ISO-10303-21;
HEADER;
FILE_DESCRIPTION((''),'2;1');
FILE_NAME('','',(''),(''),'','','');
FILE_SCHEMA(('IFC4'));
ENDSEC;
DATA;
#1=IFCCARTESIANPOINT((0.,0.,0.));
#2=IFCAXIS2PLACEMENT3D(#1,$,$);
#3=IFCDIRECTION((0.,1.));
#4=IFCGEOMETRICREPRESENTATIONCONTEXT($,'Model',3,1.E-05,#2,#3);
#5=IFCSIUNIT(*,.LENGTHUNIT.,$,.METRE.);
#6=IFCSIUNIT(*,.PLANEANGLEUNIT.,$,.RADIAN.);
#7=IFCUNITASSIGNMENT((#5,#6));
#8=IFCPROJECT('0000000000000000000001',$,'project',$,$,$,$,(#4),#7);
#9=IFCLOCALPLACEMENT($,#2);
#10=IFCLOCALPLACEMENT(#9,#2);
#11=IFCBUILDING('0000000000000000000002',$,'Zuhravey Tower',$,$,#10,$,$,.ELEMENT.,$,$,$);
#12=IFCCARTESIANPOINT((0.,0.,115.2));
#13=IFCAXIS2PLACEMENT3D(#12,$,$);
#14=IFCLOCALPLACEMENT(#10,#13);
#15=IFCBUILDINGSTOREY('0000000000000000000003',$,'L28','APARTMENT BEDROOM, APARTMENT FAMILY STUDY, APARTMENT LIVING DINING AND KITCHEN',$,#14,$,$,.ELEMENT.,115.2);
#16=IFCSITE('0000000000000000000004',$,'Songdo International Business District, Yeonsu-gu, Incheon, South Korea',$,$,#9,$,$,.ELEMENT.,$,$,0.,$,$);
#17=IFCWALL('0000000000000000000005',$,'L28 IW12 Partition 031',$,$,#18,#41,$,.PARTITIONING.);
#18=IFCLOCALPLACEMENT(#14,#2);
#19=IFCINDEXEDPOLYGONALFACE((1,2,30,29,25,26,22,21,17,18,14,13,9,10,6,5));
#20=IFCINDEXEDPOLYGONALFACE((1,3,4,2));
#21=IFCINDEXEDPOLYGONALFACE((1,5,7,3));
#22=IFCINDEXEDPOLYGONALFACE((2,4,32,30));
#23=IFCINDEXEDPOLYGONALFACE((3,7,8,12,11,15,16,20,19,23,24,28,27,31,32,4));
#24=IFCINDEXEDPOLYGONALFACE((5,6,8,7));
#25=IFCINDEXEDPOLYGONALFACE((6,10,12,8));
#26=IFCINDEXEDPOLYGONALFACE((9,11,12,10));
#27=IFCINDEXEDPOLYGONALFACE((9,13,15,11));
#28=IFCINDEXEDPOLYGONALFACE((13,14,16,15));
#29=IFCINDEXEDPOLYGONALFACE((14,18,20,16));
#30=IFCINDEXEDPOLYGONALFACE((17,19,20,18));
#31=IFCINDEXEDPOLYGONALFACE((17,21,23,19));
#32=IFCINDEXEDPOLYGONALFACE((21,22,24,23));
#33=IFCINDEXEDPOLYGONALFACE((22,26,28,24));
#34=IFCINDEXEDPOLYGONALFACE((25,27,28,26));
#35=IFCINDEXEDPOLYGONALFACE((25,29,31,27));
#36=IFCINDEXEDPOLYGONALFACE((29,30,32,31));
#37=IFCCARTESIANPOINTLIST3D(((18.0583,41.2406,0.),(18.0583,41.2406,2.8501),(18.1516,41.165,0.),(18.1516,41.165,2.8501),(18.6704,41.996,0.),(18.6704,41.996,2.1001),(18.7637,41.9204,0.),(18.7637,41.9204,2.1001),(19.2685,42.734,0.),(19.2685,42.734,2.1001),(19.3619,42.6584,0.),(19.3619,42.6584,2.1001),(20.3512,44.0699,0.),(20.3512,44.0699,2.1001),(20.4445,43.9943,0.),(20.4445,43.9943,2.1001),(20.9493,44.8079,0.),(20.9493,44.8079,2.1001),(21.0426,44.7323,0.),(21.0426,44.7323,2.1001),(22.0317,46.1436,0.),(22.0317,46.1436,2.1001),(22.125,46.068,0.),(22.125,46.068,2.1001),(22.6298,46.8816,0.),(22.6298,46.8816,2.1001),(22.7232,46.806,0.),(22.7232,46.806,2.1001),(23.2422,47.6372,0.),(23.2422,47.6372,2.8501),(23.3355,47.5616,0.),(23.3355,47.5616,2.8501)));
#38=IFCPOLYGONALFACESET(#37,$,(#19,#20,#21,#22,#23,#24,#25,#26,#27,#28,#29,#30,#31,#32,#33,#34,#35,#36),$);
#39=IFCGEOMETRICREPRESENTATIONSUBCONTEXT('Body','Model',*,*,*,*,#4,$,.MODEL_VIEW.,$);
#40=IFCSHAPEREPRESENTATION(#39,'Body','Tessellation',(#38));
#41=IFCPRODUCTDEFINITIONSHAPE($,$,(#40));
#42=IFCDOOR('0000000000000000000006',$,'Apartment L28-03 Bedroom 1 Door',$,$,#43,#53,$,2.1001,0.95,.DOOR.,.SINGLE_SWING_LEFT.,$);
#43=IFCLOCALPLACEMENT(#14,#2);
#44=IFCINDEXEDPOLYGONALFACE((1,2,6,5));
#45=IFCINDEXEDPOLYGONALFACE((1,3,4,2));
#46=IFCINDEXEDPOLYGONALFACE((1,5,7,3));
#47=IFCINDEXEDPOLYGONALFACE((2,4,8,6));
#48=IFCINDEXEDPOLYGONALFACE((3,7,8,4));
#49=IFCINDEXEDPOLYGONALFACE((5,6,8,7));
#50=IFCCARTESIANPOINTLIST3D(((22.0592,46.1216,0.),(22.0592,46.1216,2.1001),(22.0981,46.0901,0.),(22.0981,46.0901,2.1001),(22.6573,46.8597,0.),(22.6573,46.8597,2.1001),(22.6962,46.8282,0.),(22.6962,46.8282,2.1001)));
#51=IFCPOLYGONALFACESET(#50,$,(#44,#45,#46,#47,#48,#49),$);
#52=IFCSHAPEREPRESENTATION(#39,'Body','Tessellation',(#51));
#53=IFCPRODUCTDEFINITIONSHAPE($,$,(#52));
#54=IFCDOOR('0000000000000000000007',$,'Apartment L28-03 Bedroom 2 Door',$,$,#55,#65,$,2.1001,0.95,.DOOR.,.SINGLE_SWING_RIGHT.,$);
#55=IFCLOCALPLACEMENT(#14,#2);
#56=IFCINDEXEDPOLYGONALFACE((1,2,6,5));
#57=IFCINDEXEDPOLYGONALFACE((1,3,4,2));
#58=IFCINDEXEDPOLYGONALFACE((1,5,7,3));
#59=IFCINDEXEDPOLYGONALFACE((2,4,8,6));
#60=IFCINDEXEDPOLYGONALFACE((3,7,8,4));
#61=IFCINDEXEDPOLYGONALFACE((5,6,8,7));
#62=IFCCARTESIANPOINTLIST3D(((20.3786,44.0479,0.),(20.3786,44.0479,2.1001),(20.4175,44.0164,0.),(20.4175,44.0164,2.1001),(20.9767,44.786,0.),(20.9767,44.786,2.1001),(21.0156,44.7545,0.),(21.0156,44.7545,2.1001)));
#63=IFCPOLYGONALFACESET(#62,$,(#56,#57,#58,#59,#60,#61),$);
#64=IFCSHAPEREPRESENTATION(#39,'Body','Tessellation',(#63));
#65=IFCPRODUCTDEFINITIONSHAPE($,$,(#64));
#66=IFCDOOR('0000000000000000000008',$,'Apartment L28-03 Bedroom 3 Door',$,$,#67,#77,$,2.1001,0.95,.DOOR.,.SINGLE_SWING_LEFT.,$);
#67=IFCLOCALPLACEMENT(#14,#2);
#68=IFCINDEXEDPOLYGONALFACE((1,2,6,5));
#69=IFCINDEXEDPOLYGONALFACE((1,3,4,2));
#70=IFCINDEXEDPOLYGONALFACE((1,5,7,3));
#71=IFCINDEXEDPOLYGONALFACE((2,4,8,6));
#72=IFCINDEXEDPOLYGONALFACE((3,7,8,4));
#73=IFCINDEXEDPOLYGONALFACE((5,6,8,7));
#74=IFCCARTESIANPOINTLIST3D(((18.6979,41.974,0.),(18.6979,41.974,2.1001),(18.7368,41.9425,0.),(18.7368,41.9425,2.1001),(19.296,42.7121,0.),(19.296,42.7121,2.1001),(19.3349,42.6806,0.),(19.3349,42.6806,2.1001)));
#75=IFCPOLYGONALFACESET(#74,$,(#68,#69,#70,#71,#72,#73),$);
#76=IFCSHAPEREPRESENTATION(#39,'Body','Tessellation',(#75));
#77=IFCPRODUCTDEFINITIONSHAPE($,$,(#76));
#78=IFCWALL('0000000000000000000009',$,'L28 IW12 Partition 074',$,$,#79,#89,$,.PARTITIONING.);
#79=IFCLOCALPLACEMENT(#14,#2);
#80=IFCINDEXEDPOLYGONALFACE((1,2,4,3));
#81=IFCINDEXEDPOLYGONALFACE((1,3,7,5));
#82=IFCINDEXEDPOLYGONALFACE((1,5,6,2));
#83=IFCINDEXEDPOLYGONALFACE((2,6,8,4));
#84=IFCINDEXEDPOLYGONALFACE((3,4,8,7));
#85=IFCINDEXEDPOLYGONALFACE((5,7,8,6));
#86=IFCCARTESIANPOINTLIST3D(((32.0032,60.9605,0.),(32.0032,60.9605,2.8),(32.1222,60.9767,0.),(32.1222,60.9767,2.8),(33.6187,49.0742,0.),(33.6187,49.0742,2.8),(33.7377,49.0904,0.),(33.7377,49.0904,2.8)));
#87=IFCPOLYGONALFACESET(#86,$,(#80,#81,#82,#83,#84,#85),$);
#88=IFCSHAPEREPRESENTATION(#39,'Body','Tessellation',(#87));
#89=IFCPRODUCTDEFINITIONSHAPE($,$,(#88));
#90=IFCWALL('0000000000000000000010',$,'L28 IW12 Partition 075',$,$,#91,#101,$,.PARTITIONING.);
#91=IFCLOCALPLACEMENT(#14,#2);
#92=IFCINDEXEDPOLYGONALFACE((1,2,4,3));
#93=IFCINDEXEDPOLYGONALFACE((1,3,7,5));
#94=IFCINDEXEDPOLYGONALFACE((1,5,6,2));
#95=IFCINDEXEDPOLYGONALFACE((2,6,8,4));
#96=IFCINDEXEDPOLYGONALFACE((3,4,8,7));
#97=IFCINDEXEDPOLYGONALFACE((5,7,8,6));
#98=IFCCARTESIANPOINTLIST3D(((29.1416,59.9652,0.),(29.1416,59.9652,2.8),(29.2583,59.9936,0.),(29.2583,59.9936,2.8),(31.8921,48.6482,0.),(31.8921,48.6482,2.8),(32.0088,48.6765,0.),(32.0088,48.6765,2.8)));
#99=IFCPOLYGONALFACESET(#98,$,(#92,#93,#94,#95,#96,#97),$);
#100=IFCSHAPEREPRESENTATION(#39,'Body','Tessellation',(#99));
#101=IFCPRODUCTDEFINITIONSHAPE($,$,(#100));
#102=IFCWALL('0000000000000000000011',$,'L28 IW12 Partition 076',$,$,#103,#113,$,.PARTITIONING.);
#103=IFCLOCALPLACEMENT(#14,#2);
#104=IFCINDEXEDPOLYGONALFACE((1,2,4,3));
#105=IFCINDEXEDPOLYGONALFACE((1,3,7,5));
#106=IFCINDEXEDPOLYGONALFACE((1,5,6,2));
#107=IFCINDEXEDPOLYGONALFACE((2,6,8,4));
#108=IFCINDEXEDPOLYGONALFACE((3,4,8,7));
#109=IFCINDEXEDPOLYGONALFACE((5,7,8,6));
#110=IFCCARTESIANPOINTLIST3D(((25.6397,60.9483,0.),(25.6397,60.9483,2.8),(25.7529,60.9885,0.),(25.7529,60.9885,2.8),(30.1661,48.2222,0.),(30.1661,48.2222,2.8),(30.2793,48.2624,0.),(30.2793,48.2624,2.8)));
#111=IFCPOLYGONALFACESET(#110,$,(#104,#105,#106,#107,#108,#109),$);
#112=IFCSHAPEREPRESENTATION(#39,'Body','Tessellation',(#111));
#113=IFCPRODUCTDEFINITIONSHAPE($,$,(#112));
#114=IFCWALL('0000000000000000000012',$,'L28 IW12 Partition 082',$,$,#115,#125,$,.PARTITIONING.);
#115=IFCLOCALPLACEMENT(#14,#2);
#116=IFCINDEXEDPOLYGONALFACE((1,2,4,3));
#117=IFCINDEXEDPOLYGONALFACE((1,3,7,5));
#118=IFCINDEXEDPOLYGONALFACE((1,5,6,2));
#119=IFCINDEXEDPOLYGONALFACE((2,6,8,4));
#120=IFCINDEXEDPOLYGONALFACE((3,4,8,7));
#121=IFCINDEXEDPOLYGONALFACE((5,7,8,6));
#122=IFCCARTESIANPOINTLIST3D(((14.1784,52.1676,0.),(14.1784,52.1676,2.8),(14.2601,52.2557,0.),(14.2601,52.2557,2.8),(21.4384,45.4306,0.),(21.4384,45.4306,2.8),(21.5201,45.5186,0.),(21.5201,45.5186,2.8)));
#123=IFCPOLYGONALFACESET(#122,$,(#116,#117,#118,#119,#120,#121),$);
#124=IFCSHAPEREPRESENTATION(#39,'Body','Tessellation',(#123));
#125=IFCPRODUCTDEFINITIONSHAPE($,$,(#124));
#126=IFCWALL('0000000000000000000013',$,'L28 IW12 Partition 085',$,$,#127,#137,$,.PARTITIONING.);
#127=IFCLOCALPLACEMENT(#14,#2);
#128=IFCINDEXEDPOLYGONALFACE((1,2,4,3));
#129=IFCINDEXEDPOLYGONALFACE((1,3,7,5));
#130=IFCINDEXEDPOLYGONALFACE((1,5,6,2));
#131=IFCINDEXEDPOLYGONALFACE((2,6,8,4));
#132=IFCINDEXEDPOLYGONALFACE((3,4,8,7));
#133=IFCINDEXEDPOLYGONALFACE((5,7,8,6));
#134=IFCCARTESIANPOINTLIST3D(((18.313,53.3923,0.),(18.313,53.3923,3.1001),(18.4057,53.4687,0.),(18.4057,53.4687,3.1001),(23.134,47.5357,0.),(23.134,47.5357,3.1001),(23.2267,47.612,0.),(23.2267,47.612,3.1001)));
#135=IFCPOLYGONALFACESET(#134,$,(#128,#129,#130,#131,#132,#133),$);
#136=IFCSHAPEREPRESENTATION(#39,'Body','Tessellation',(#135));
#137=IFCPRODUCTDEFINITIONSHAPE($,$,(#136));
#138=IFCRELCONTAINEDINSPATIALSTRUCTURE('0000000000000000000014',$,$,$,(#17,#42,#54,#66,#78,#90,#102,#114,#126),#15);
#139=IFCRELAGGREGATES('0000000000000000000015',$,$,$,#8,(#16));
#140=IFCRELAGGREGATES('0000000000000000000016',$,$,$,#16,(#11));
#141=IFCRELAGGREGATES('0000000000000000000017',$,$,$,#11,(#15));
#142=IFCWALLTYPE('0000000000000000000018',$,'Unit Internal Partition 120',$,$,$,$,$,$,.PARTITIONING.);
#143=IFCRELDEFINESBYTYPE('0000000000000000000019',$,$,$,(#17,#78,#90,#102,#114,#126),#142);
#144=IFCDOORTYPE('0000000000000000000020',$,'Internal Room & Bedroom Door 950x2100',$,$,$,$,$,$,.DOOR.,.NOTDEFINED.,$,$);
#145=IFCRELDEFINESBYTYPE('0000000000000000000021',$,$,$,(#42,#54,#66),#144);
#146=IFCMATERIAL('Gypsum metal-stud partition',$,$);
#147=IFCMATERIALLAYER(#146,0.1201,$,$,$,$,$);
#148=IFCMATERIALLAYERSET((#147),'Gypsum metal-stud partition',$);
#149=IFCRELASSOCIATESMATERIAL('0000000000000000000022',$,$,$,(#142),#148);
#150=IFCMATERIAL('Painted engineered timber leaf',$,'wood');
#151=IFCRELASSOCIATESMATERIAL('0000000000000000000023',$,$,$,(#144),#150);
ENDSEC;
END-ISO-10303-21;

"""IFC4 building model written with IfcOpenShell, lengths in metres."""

from ifc_helpers import new_model, si_unit, direction, frame, frame_2d, origin, place, context, subcontext, project, spatial, rectangle, extrude, material, layer, layer_set, type_object, element, fill, save


model = new_model("IFC4")

# Units and contexts
model_context = context("Model", 3, precision=1e-05, world=origin(), true_north=direction((0.0, 1.0)))
body_context = subcontext(model_context, "Body", "Model", "MODEL_VIEW")
ifc_project = project(units=[si_unit("LENGTHUNIT", "METRE"), si_unit("PLANEANGLEUNIT", "RADIAN")], contexts=[model_context])

# Site, building, storey
site_placement = place(None, origin())
site = spatial("IfcSite", under=ifc_project, at=site_placement, Name="Songdo International Business District, Yeonsu-gu, Incheon, South Korea", CompositionType="ELEMENT", RefElevation=0.0)
building_placement = place(site_placement, origin())
building = spatial("IfcBuilding", under=site, at=building_placement, Name="Zuhravey Tower", CompositionType="ELEMENT")
storey_placement = place(building_placement, frame((0.0, 0.0, 115.2)))
storey = spatial("IfcBuildingStorey", under=building, at=storey_placement, Name="L28", Description="APARTMENT BEDROOM, APARTMENT FAMILY STUDY, APARTMENT LIVING DINING AND KITCHEN", CompositionType="ELEMENT", Elevation=115.2)

# Shared definitions
ifc_material_1 = material(Name="Gypsum metal-stud partition")
ifc_layer_1 = layer(ifc_material_1, 0.1201)
ifc_layer_set_1 = layer_set([ifc_layer_1], Name="Gypsum metal-stud partition")
wall_type_1 = type_object("IfcWallType", Name="Unit Internal Partition 120", PredefinedType="PARTITIONING", material=ifc_layer_set_1)
ifc_material_2 = material(Name="Painted engineered timber leaf", Category="wood")
door_type_1 = type_object("IfcDoorType", Name="Internal Room & Bedroom Door 950x2100", OperationType="NOTDEFINED", PredefinedType="DOOR", material=ifc_material_2)

# Wall, openings, doors
wall_1_placement = place(storey_placement, frame((23.2888, 47.5994, 0.0), z_axis=(0.0, 0.0, 1.0), x_axis=(-0.629619, -0.776904, 0.0)))
wall_1 = element("IfcWall", 1, at=wall_1_placement, inside=storey, type_object=wall_type_1, Name="L28 IW12 Partition 031", PredefinedType="PARTITIONING", context=body_context, shape_type="SweptSolid", body=[
    extrude(rectangle(XDim=8.2334, YDim=0.1201, at=frame_2d((4.1167, 0.0))), origin(), (0.0, 0.0, 1.0), 2.8501),
])
opening_1_placement = place(wall_1_placement, frame((0.9724, 0.0, 0.0)))
opening_1 = element("IfcOpeningElement", 2, at=opening_1_placement, cuts=wall_1, PredefinedType="OPENING", context=body_context, shape_type="SweptSolid", body=[
    extrude(rectangle(XDim=0.95, YDim=2.1001, at=frame_2d((0.4751, 1.05))), frame((0.0, 0.072, 0.0), z_axis=(0.0, -1.0, 0.0), x_axis=(1.0, 0.0, 0.0)), (0.0, 0.0, 1.0), 0.144),
])
opening_2_placement = place(wall_1_placement, frame((3.6416, 0.0, 0.0)))
opening_2 = element("IfcOpeningElement", 3, at=opening_2_placement, cuts=wall_1, PredefinedType="OPENING", context=body_context, shape_type="SweptSolid", body=[
    extrude(rectangle(XDim=0.95, YDim=2.1001, at=frame_2d((0.4751, 1.05))), frame((0.0, 0.072, 0.0), z_axis=(0.0, -1.0, 0.0), x_axis=(1.0, 0.0, 0.0)), (0.0, 0.0, 1.0), 0.144),
])
opening_3_placement = place(wall_1_placement, frame((6.311, 0.0, 0.0)))
opening_3 = element("IfcOpeningElement", 4, at=opening_3_placement, cuts=wall_1, PredefinedType="OPENING", context=body_context, shape_type="SweptSolid", body=[
    extrude(rectangle(XDim=0.95, YDim=2.1001, at=frame_2d((0.4751, 1.05))), frame((0.0, 0.072, 0.0), z_axis=(0.0, -1.0, 0.0), x_axis=(1.0, 0.0, 0.0)), (0.0, 0.0, 1.0), 0.144),
])
door_1_placement = place(opening_1_placement, frame((0.95, 0.0, 0.0), z_axis=(0.0, 0.0, 1.0), x_axis=(-1.0, 0.0, 0.0)))
door_1 = element("IfcDoor", 5, at=door_1_placement, inside=storey, type_object=door_type_1, Name="Apartment L28-03 Bedroom 1 Door", OperationType="SINGLE_SWING_LEFT", OverallHeight=2.1001, OverallWidth=0.95, PredefinedType="DOOR", context=body_context, shape_type="SweptSolid", body=[
    extrude(rectangle(XDim=0.95, YDim=2.1001, at=frame_2d((0.4751, 1.05))), frame((0.0, 0.0249, 0.0), z_axis=(0.0, -1.0, 0.0), x_axis=(1.0, 0.0, 0.0)), (0.0, 0.0, 1.0), 0.05),
])
fill(opening_1, door_1)
door_2_placement = place(opening_2_placement, frame((0.95, 0.0, 0.0), z_axis=(0.0, 0.0, 1.0), x_axis=(-1.0, 0.0, 0.0)))
door_2 = element("IfcDoor", 6, at=door_2_placement, inside=storey, type_object=door_type_1, Name="Apartment L28-03 Bedroom 2 Door", OperationType="SINGLE_SWING_RIGHT", OverallHeight=2.1001, OverallWidth=0.95, PredefinedType="DOOR", context=body_context, shape_type="SweptSolid", body=[
    extrude(rectangle(XDim=0.95, YDim=2.1001, at=frame_2d((0.4751, 1.05))), frame((0.0, 0.0249, 0.0), z_axis=(0.0, -1.0, 0.0), x_axis=(1.0, 0.0, 0.0)), (0.0, 0.0, 1.0), 0.05),
])
fill(opening_2, door_2)
door_3_placement = place(opening_3_placement, frame((0.95, 0.0, 0.0), z_axis=(0.0, 0.0, 1.0), x_axis=(-1.0, 0.0, 0.0)))
door_3 = element("IfcDoor", 7, at=door_3_placement, inside=storey, type_object=door_type_1, Name="Apartment L28-03 Bedroom 3 Door", OperationType="SINGLE_SWING_LEFT", OverallHeight=2.1001, OverallWidth=0.95, PredefinedType="DOOR", context=body_context, shape_type="SweptSolid", body=[
    extrude(rectangle(XDim=0.95, YDim=2.1001, at=frame_2d((0.4751, 1.05))), frame((0.0, 0.0249, 0.0), z_axis=(0.0, -1.0, 0.0), x_axis=(1.0, 0.0, 0.0)), (0.0, 0.0, 1.0), 0.05),
])
fill(opening_3, door_3)

# Walls
wall_2_placement = place(storey_placement, frame((33.6782, 49.0823, 0.0), z_axis=(0.0, 0.0, 1.0), x_axis=(-0.134674, 0.99089, 0.0)))
element("IfcWall", 8, at=wall_2_placement, inside=storey, type_object=wall_type_1, Name="L28 IW12 Partition 074", PredefinedType="PARTITIONING", context=body_context, shape_type="SweptSolid", body=[
    extrude(rectangle(XDim=11.9956, YDim=0.1201, at=frame_2d((5.9978, 0.0))), origin(), (0.0, 0.0, 1.0), 2.8),
])
wall_3_placement = place(storey_placement, frame((31.9504, 48.6624, 0.0), z_axis=(0.0, 0.0, 1.0), x_axis=(-0.236163, 0.971714, 0.0)))
element("IfcWall", 9, at=wall_3_placement, inside=storey, type_object=wall_type_1, Name="L28 IW12 Partition 075", PredefinedType="PARTITIONING", context=body_context, shape_type="SweptSolid", body=[
    extrude(rectangle(XDim=11.6465, YDim=0.1201, at=frame_2d((5.8232, 0.0))), origin(), (0.0, 0.0, 1.0), 2.8),
])
wall_4_placement = place(storey_placement, frame((30.2227, 48.2424, 0.0), z_axis=(0.0, 0.0, 1.0), x_axis=(-0.335111, 0.942179, 0.0)))
element("IfcWall", 10, at=wall_4_placement, inside=storey, type_object=wall_type_1, Name="L28 IW12 Partition 076", PredefinedType="PARTITIONING", context=body_context, shape_type="SweptSolid", body=[
    extrude(rectangle(XDim=13.5071, YDim=0.1201, at=frame_2d((6.7534, 0.0))), origin(), (0.0, 0.0, 1.0), 2.8),
])
wall_5_placement = place(storey_placement, frame((21.4792, 45.4746, 0.0), z_axis=(0.0, 0.0, 1.0), x_axis=(-0.733014, 0.680214, 0.0)))
element("IfcWall", 11, at=wall_5_placement, inside=storey, type_object=wall_type_1, Name="L28 IW12 Partition 082", PredefinedType="PARTITIONING", context=body_context, shape_type="SweptSolid", body=[
    extrude(rectangle(XDim=9.9043, YDim=0.1201, at=frame_2d((4.9521, 0.0))), origin(), (0.0, 0.0, 1.0), 2.8),
])
wall_6_placement = place(storey_placement, frame((23.1804, 47.5737, 0.0), z_axis=(0.0, 0.0, 1.0), x_axis=(-0.635541, 0.772067, 0.0)))
element("IfcWall", 12, at=wall_6_placement, inside=storey, type_object=wall_type_1, Name="L28 IW12 Partition 085", PredefinedType="PARTITIONING", context=body_context, shape_type="SweptSolid", body=[
    extrude(rectangle(XDim=7.5857, YDim=0.1201, at=frame_2d((3.793, 0.0))), origin(), (0.0, 0.0, 1.0), 3.1001),
])

save(model, "model.ifc")
